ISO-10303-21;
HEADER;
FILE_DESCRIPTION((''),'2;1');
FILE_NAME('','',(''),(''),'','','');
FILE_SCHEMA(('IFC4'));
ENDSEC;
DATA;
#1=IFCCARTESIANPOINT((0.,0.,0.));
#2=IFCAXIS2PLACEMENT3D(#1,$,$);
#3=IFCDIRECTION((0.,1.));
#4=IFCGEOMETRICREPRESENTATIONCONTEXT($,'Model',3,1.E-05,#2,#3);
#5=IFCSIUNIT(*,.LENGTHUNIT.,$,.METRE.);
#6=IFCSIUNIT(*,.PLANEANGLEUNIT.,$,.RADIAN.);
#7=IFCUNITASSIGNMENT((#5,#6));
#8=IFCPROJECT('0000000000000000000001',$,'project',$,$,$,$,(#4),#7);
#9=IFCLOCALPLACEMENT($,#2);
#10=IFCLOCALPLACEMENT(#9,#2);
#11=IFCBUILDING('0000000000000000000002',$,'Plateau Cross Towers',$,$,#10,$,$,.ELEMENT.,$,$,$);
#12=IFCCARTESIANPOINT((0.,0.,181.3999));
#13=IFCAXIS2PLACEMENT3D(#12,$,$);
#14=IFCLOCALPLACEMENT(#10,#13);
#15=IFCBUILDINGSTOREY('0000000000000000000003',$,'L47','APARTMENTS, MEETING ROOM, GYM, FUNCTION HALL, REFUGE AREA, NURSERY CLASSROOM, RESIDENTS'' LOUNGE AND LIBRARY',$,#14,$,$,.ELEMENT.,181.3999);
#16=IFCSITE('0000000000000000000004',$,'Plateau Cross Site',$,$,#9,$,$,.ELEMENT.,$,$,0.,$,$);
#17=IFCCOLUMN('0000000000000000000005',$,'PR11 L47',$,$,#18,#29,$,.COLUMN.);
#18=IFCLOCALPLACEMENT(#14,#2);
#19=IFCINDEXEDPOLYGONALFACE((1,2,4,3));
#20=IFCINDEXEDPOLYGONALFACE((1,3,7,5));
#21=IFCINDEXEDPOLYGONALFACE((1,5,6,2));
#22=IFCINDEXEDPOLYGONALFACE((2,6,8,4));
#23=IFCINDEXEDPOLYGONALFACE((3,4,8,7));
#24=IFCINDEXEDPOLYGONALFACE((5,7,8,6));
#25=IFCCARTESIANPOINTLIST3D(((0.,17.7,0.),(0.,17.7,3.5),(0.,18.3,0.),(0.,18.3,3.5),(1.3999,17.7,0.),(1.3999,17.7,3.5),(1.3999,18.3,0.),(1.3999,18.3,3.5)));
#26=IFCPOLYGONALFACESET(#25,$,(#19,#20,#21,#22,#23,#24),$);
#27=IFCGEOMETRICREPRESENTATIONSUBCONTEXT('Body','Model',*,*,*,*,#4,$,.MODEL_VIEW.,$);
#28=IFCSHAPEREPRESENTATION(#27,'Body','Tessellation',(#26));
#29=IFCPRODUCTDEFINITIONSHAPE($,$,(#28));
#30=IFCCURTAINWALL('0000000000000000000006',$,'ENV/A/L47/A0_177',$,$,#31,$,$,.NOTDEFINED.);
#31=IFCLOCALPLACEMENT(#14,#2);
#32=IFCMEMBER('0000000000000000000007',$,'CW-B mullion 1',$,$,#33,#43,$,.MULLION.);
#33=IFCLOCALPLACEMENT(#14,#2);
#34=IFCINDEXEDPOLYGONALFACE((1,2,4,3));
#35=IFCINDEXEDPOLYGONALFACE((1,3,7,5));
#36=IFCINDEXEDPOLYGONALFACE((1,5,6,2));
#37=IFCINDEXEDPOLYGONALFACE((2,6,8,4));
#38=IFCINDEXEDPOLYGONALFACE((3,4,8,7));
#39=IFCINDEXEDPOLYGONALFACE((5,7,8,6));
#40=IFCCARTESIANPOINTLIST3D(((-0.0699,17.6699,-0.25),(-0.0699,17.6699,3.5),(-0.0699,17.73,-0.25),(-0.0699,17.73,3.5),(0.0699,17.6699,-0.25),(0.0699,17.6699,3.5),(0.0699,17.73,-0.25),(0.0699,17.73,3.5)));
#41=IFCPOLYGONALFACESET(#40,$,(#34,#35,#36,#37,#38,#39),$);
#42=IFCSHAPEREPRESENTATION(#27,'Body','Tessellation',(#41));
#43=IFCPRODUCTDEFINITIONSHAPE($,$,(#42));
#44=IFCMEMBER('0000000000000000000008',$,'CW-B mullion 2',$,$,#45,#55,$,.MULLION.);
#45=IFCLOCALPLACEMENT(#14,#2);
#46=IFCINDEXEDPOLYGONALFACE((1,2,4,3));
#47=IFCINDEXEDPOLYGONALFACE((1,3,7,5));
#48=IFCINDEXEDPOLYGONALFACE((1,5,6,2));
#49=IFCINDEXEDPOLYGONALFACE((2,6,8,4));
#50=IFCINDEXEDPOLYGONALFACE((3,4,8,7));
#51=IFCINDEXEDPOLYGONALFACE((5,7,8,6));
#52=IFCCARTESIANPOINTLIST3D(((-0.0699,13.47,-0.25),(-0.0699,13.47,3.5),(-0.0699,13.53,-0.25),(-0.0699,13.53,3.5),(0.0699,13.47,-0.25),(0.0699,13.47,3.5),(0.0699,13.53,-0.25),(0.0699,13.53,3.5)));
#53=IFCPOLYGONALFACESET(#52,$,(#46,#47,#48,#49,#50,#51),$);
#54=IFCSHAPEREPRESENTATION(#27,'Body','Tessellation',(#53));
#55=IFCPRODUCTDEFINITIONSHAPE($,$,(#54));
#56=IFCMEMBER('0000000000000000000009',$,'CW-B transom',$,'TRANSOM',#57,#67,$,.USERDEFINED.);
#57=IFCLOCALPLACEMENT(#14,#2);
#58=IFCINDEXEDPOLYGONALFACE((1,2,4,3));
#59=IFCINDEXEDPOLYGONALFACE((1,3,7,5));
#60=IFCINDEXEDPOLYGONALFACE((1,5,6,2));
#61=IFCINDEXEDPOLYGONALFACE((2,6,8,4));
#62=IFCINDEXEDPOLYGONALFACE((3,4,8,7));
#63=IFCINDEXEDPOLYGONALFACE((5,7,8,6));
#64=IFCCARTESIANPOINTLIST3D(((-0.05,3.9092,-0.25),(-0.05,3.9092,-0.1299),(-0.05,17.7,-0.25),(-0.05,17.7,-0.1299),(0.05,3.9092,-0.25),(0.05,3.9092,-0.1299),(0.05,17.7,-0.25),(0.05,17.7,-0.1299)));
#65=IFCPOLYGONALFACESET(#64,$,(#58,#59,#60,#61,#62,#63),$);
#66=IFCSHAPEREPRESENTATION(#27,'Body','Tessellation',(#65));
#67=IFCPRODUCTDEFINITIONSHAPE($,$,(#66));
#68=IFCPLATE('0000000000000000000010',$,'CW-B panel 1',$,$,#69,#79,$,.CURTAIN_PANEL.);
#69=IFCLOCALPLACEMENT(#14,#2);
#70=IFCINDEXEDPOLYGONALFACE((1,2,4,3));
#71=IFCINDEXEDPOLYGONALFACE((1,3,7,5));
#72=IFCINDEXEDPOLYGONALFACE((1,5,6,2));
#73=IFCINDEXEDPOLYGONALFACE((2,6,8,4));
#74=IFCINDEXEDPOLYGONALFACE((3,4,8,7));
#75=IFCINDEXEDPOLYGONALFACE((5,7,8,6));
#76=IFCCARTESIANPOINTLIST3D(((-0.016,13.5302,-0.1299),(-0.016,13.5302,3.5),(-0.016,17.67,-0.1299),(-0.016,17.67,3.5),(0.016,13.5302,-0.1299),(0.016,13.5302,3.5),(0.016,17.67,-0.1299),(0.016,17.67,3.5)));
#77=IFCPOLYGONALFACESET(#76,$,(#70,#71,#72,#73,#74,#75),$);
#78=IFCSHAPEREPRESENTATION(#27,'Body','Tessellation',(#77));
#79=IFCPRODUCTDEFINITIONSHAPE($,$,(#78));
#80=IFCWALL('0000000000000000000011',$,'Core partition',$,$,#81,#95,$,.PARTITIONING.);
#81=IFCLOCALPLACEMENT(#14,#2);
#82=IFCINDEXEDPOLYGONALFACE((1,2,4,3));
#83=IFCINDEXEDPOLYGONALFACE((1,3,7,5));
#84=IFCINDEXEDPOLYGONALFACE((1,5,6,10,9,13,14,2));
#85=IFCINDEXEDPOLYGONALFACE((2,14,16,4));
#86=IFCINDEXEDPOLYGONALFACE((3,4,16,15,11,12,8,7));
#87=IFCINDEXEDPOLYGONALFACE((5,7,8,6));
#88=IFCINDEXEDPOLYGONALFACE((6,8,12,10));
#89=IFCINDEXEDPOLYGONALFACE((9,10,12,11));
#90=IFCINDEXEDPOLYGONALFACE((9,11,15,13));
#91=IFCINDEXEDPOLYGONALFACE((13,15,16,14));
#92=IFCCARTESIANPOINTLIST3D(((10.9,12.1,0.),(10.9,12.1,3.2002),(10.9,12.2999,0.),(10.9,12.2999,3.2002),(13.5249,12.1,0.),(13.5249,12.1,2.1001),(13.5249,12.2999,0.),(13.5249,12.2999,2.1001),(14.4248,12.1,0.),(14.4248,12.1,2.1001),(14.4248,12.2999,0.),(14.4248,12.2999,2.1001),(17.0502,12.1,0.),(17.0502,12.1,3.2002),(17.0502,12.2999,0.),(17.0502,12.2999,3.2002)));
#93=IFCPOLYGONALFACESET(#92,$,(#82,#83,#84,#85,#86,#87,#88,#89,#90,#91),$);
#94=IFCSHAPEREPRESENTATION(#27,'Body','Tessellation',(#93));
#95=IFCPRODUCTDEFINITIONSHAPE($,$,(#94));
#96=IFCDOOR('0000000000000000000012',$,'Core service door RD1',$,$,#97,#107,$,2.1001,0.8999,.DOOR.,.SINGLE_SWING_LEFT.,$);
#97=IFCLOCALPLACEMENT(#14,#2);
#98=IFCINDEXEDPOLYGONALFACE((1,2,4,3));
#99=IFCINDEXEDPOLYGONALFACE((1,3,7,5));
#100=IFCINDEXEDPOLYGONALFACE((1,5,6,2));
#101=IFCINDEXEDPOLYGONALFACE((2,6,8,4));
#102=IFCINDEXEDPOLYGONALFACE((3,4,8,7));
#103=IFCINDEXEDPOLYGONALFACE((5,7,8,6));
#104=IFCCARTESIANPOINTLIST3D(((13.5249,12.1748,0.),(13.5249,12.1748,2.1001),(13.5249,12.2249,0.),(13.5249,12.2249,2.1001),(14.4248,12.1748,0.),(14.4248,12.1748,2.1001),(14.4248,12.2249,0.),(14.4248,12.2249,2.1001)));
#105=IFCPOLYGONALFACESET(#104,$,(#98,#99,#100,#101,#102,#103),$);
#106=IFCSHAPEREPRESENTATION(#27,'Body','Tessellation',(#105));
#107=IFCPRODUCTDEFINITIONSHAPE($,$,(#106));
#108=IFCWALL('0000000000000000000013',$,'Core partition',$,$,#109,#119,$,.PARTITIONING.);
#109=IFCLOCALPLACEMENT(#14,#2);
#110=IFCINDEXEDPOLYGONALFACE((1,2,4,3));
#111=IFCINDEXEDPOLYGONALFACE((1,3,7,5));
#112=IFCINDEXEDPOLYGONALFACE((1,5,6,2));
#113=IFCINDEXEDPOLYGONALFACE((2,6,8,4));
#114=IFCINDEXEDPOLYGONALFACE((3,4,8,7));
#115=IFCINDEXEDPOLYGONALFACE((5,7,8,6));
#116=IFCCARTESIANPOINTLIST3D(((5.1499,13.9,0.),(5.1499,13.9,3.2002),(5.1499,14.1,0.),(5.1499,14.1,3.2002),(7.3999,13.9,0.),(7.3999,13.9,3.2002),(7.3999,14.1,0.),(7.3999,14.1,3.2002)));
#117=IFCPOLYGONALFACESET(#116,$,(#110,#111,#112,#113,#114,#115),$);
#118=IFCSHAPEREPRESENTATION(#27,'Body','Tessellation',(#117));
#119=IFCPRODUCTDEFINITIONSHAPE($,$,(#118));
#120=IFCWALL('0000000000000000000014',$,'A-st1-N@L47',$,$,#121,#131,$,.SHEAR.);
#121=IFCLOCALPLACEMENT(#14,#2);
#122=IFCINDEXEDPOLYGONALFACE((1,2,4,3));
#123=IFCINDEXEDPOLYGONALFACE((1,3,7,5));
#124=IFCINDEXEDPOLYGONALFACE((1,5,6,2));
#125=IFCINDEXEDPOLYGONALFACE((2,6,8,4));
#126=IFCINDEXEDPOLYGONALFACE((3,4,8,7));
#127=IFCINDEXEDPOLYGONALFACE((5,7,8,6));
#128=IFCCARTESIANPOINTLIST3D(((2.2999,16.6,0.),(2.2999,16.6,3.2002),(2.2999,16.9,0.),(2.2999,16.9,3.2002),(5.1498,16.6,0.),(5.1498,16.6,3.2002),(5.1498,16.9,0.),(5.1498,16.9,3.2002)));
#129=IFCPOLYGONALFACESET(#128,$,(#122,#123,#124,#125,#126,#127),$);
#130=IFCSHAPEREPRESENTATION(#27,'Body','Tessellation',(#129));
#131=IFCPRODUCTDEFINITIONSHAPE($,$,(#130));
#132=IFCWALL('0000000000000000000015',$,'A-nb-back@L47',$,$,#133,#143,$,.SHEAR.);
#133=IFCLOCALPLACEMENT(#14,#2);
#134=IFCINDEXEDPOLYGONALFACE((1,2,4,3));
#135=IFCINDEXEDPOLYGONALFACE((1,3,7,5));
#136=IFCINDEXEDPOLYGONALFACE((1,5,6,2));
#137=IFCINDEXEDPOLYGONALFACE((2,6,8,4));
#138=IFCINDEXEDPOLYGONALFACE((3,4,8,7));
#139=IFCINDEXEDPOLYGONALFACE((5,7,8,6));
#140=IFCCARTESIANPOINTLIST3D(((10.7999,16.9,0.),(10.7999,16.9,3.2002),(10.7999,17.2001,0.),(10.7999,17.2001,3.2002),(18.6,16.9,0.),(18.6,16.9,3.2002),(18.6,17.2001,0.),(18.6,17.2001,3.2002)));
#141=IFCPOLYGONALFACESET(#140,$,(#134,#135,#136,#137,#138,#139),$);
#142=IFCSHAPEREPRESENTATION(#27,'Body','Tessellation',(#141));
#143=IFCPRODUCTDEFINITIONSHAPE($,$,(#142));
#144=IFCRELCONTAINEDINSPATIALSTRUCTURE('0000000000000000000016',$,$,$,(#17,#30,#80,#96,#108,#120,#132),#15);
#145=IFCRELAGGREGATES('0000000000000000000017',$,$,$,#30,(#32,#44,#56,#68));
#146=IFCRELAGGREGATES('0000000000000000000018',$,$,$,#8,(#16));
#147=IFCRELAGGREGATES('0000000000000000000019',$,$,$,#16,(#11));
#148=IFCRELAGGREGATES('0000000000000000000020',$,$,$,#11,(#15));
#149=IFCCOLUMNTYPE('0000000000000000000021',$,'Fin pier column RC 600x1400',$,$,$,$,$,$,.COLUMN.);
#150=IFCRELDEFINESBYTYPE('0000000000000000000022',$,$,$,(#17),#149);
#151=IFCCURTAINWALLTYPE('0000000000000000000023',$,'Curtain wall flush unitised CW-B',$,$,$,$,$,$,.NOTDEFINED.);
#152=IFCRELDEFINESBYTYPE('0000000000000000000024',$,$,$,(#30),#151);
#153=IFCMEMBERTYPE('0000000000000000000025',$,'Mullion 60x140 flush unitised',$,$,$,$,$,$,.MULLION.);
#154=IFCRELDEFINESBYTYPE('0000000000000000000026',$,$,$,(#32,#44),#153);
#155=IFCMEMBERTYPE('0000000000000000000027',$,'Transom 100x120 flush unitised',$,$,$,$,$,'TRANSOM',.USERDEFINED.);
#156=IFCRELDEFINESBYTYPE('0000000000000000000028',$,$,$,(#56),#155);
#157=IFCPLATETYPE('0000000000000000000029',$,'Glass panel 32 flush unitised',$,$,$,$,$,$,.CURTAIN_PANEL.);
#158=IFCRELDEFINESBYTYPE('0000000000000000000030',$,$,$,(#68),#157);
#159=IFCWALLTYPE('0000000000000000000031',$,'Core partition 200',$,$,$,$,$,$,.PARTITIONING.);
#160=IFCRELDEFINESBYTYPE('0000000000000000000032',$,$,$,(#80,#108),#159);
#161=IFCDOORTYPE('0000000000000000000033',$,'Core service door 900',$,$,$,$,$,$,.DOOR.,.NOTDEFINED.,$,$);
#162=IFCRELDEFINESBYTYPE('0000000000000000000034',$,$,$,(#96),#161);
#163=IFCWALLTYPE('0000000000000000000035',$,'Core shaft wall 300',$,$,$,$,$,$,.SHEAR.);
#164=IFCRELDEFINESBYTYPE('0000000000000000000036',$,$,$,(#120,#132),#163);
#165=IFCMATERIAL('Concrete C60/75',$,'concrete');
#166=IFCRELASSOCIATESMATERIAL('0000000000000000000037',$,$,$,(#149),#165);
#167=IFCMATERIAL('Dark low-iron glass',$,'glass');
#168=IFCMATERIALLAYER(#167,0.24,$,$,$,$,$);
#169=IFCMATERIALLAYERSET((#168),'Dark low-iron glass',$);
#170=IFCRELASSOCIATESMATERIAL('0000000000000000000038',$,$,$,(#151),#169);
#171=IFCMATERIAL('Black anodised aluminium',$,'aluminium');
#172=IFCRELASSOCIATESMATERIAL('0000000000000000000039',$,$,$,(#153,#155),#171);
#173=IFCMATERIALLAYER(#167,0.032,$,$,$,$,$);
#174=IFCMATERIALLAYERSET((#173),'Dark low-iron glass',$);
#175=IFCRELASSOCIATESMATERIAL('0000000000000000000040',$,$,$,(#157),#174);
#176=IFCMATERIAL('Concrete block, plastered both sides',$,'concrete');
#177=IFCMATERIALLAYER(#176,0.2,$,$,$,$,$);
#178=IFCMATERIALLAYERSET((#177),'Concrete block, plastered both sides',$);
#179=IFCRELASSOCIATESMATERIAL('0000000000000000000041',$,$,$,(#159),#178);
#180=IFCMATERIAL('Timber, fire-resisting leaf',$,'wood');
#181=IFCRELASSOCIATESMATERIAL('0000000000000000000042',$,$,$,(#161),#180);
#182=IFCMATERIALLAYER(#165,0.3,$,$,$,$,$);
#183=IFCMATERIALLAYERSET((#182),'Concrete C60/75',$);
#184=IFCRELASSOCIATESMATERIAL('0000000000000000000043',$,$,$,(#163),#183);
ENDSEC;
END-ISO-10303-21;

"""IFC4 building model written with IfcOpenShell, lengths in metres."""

from ifc_helpers import new_model, si_unit, direction, frame, frame_2d, origin, origin_2d, place, context, subcontext, project, spatial, rectangle, extrude, material, layer, layer_set, material_profile, profile_set, type_object, element, fill, aggregate, save


model = new_model("IFC4")

# Units and contexts
model_context = context("Model", 3, precision=1e-05, world=origin(), true_north=direction((0.0, 1.0)))
body_context = subcontext(model_context, "Body", "Model", "MODEL_VIEW")
ifc_project = project(units=[si_unit("LENGTHUNIT", "METRE"), si_unit("PLANEANGLEUNIT", "RADIAN")], contexts=[model_context])

# Site, building, storey
site_placement = place(None, origin())
site = spatial("IfcSite", under=ifc_project, at=site_placement, Name="Plateau Cross Site", CompositionType="ELEMENT", RefElevation=0.0)
building_placement = place(site_placement, origin())
building = spatial("IfcBuilding", under=site, at=building_placement, Name="Plateau Cross Towers", CompositionType="ELEMENT")
storey_placement = place(building_placement, frame((0.0, 0.0, 181.3999)))
storey = spatial("IfcBuildingStorey", under=building, at=storey_placement, Name="L47", Description="APARTMENTS, MEETING ROOM, GYM, FUNCTION HALL, REFUGE AREA, NURSERY CLASSROOM, RESIDENTS' LOUNGE AND LIBRARY", CompositionType="ELEMENT", Elevation=181.3999)

# Column
ifc_material_1 = material(Name="Concrete C60/75", Category="concrete")
ifc_material_profile_1 = material_profile(ifc_material_1, rectangle(XDim=0.6001, YDim=1.3999, at=origin_2d()), Name="RC 600x1400")
ifc_profile_set_1 = profile_set([ifc_material_profile_1], Name="Concrete C60/75")
column_type = type_object("IfcColumnType", Name="Fin pier column RC 600x1400", PredefinedType="COLUMN", material=ifc_profile_set_1)
column_placement = place(storey_placement, frame((0.7, 18.0, 0.0), z_axis=(0.0, 0.0, 1.0), x_axis=(0.0, 1.0, 0.0)))
element("IfcColumn", 1, at=column_placement, inside=storey, type_object=column_type, Name="PR11 L47", PredefinedType="COLUMN", context=body_context, shape_type="SweptSolid", body=[
    extrude(rectangle(XDim=0.6001, YDim=1.3999, at=origin_2d()), origin(), (0.0, 0.0, 1.0), 3.5),
])

# Curtain wall, members, plate
ifc_material_2 = material(Name="Dark low-iron glass", Category="glass")
ifc_layer_1 = layer(ifc_material_2, 0.24)
ifc_layer_set_1 = layer_set([ifc_layer_1], Name="Dark low-iron glass")
curtain_wall_type = type_object("IfcCurtainWallType", Name="Curtain wall flush unitised CW-B", PredefinedType="NOTDEFINED", material=ifc_layer_set_1)
curtain_wall_placement = place(storey_placement, origin())
curtain_wall = element("IfcCurtainWall", 2, at=curtain_wall_placement, inside=storey, type_object=curtain_wall_type, Name="ENV/A/L47/A0_177", PredefinedType="NOTDEFINED")
ifc_material_3 = material(Name="Black anodised aluminium", Category="aluminium")
ifc_material_profile_2 = material_profile(ifc_material_3, rectangle(XDim=0.0601, YDim=0.1399, at=origin_2d()), Name="MULLION 60x140")
ifc_profile_set_2 = profile_set([ifc_material_profile_2], Name="Black anodised aluminium")
member_type_1 = type_object("IfcMemberType", Name="Mullion 60x140 flush unitised", PredefinedType="MULLION", material=ifc_profile_set_2)
member_1_placement = place(storey_placement, frame((0.0, 17.7, -0.25), z_axis=(0.0, 0.0, 1.0), x_axis=(0.0, -1.0, 0.0)))
member_1 = element("IfcMember", 3, at=member_1_placement, type_object=member_type_1, Name="CW-B mullion 1", PredefinedType="MULLION", context=body_context, shape_type="SweptSolid", body=[
    extrude(rectangle(XDim=0.0601, YDim=0.1399, at=origin_2d()), origin(), (0.0, 0.0, 1.0), 3.75),
])
member_2_placement = place(storey_placement, frame((0.0, 13.5, -0.25), z_axis=(0.0, 0.0, 1.0), x_axis=(0.0, -1.0, 0.0)))
member_2 = element("IfcMember", 4, at=member_2_placement, type_object=member_type_1, Name="CW-B mullion 2", PredefinedType="MULLION", context=body_context, shape_type="SweptSolid", body=[
    extrude(rectangle(XDim=0.0601, YDim=0.1399, at=origin_2d()), origin(), (0.0, 0.0, 1.0), 3.75),
])
ifc_material_profile_3 = material_profile(ifc_material_3, rectangle(XDim=0.1001, YDim=0.1201, at=origin_2d()), Name="TRANSOM 100x120")
ifc_profile_set_3 = profile_set([ifc_material_profile_3], Name="Black anodised aluminium")
member_type_2 = type_object("IfcMemberType", Name="Transom 100x120 flush unitised", ElementType="TRANSOM", PredefinedType="USERDEFINED", material=ifc_profile_set_3)
member_3_placement = place(storey_placement, frame((0.0, 17.7, -0.1899), z_axis=(0.0, -1.0, 0.0), x_axis=(1.0, 0.0, 0.0)))
member_3 = element("IfcMember", 5, at=member_3_placement, type_object=member_type_2, Name="CW-B transom", ObjectType="TRANSOM", PredefinedType="USERDEFINED", context=body_context, shape_type="SweptSolid", body=[
    extrude(rectangle(XDim=0.1001, YDim=0.1201, at=origin_2d()), origin(), (0.0, 0.0, 1.0), 13.7908),
])
ifc_layer_2 = layer(ifc_material_2, 0.032)
ifc_layer_set_2 = layer_set([ifc_layer_2], Name="Dark low-iron glass")
plate_type = type_object("IfcPlateType", Name="Glass panel 32 flush unitised", PredefinedType="CURTAIN_PANEL", material=ifc_layer_set_2)
plate_placement = place(storey_placement, frame((0.0, 15.6001, -0.1299), z_axis=(0.0, 0.0, 1.0), x_axis=(0.0, -1.0, 0.0)))
plate = element("IfcPlate", 6, at=plate_placement, type_object=plate_type, Name="CW-B panel 1", PredefinedType="CURTAIN_PANEL", context=body_context, shape_type="SweptSolid", body=[
    extrude(rectangle(XDim=4.1399, YDim=0.032, at=origin_2d()), origin(), (0.0, 0.0, 1.0), 3.6299),
])
aggregate(curtain_wall, [member_1, member_2, member_3, plate])

# Wall, opening, door
ifc_material_4 = material(Name="Concrete block, plastered both sides", Category="concrete")
ifc_layer_3 = layer(ifc_material_4, 0.2)
ifc_layer_set_3 = layer_set([ifc_layer_3], Name="Concrete block, plastered both sides")
wall_type_1 = type_object("IfcWallType", Name="Core partition 200", PredefinedType="PARTITIONING", material=ifc_layer_set_3)
wall_1_placement = place(storey_placement, frame((10.8999, 12.2, 0.0), z_axis=(0.0, 0.0, 1.0), x_axis=(1.0, 0.0, 0.0)))
wall_1 = element("IfcWall", 7, at=wall_1_placement, inside=storey, type_object=wall_type_1, Name="Core partition", PredefinedType="PARTITIONING", context=body_context, shape_type="SweptSolid", body=[
    extrude(rectangle(XDim=6.1501, YDim=0.2, at=frame_2d((3.0752, 0.0))), origin(), (0.0, 0.0, 1.0), 3.2002),
])
opening_1_placement = place(wall_1_placement, frame((2.625, 0.0, 0.0)))
opening_1 = element("IfcOpeningElement", 8, at=opening_1_placement, cuts=wall_1, PredefinedType="OPENING", context=body_context, shape_type="SweptSolid", body=[
    extrude(rectangle(XDim=0.8999, YDim=2.1001, at=frame_2d((0.45, 1.05))), frame((0.0, 0.1099, 0.0), z_axis=(0.0, -1.0, 0.0), x_axis=(1.0, 0.0, 0.0)), (0.0, 0.0, 1.0), 0.22),
])
ifc_material_5 = material(Name="Timber, fire-resisting leaf", Category="wood")
door_type_1 = type_object("IfcDoorType", Name="Core service door 900", OperationType="NOTDEFINED", PredefinedType="DOOR", material=ifc_material_5)
door_1_placement = place(opening_1_placement, origin())
door_1 = element("IfcDoor", 9, at=door_1_placement, inside=storey, type_object=door_type_1, Name="Core service door RD1", OperationType="SINGLE_SWING_LEFT", OverallHeight=2.1001, OverallWidth=0.8999, PredefinedType="DOOR", context=body_context, shape_type="SweptSolid", body=[
    extrude(rectangle(XDim=0.8999, YDim=2.1001, at=frame_2d((0.45, 1.05))), frame((0.0, 0.0249, 0.0), z_axis=(0.0, -1.0, 0.0), x_axis=(1.0, 0.0, 0.0)), (0.0, 0.0, 1.0), 0.05),
])
fill(opening_1, door_1)

# Walls
wall_2_placement = place(storey_placement, frame((5.1499, 14.0, 0.0), z_axis=(0.0, 0.0, 1.0), x_axis=(1.0, 0.0, 0.0)))
element("IfcWall", 10, at=wall_2_placement, inside=storey, type_object=wall_type_1, Name="Core partition", PredefinedType="PARTITIONING", context=body_context, shape_type="SweptSolid", body=[
    extrude(rectangle(XDim=2.25, YDim=0.2, at=frame_2d((1.125, 0.0))), origin(), (0.0, 0.0, 1.0), 3.2002),
])
ifc_layer_4 = layer(ifc_material_1, 0.3)
ifc_layer_set_4 = layer_set([ifc_layer_4], Name="Concrete C60/75")
wall_type_2 = type_object("IfcWallType", Name="Core shaft wall 300", PredefinedType="SHEAR", material=ifc_layer_set_4)
wall_3_placement = place(storey_placement, frame((2.3, 16.75, 0.0), z_axis=(0.0, 0.0, 1.0), x_axis=(1.0, 0.0, 0.0)))
element("IfcWall", 11, at=wall_3_placement, inside=storey, type_object=wall_type_2, Name="A-st1-N@L47", PredefinedType="SHEAR", context=body_context, shape_type="SweptSolid", body=[
    extrude(rectangle(XDim=2.8499, YDim=0.3, at=frame_2d((1.4248, 0.0))), origin(), (0.0, 0.0, 1.0), 3.2002),
])
wall_4_placement = place(storey_placement, frame((10.8, 17.05, 0.0), z_axis=(0.0, 0.0, 1.0), x_axis=(1.0, 0.0, 0.0)))
element("IfcWall", 12, at=wall_4_placement, inside=storey, type_object=wall_type_2, Name="A-nb-back@L47", PredefinedType="SHEAR", context=body_context, shape_type="SweptSolid", body=[
    extrude(rectangle(XDim=7.8, YDim=0.3, at=frame_2d((3.8999, 0.0))), origin(), (0.0, 0.0, 1.0), 3.2002),
])

save(model, "model.ifc")
